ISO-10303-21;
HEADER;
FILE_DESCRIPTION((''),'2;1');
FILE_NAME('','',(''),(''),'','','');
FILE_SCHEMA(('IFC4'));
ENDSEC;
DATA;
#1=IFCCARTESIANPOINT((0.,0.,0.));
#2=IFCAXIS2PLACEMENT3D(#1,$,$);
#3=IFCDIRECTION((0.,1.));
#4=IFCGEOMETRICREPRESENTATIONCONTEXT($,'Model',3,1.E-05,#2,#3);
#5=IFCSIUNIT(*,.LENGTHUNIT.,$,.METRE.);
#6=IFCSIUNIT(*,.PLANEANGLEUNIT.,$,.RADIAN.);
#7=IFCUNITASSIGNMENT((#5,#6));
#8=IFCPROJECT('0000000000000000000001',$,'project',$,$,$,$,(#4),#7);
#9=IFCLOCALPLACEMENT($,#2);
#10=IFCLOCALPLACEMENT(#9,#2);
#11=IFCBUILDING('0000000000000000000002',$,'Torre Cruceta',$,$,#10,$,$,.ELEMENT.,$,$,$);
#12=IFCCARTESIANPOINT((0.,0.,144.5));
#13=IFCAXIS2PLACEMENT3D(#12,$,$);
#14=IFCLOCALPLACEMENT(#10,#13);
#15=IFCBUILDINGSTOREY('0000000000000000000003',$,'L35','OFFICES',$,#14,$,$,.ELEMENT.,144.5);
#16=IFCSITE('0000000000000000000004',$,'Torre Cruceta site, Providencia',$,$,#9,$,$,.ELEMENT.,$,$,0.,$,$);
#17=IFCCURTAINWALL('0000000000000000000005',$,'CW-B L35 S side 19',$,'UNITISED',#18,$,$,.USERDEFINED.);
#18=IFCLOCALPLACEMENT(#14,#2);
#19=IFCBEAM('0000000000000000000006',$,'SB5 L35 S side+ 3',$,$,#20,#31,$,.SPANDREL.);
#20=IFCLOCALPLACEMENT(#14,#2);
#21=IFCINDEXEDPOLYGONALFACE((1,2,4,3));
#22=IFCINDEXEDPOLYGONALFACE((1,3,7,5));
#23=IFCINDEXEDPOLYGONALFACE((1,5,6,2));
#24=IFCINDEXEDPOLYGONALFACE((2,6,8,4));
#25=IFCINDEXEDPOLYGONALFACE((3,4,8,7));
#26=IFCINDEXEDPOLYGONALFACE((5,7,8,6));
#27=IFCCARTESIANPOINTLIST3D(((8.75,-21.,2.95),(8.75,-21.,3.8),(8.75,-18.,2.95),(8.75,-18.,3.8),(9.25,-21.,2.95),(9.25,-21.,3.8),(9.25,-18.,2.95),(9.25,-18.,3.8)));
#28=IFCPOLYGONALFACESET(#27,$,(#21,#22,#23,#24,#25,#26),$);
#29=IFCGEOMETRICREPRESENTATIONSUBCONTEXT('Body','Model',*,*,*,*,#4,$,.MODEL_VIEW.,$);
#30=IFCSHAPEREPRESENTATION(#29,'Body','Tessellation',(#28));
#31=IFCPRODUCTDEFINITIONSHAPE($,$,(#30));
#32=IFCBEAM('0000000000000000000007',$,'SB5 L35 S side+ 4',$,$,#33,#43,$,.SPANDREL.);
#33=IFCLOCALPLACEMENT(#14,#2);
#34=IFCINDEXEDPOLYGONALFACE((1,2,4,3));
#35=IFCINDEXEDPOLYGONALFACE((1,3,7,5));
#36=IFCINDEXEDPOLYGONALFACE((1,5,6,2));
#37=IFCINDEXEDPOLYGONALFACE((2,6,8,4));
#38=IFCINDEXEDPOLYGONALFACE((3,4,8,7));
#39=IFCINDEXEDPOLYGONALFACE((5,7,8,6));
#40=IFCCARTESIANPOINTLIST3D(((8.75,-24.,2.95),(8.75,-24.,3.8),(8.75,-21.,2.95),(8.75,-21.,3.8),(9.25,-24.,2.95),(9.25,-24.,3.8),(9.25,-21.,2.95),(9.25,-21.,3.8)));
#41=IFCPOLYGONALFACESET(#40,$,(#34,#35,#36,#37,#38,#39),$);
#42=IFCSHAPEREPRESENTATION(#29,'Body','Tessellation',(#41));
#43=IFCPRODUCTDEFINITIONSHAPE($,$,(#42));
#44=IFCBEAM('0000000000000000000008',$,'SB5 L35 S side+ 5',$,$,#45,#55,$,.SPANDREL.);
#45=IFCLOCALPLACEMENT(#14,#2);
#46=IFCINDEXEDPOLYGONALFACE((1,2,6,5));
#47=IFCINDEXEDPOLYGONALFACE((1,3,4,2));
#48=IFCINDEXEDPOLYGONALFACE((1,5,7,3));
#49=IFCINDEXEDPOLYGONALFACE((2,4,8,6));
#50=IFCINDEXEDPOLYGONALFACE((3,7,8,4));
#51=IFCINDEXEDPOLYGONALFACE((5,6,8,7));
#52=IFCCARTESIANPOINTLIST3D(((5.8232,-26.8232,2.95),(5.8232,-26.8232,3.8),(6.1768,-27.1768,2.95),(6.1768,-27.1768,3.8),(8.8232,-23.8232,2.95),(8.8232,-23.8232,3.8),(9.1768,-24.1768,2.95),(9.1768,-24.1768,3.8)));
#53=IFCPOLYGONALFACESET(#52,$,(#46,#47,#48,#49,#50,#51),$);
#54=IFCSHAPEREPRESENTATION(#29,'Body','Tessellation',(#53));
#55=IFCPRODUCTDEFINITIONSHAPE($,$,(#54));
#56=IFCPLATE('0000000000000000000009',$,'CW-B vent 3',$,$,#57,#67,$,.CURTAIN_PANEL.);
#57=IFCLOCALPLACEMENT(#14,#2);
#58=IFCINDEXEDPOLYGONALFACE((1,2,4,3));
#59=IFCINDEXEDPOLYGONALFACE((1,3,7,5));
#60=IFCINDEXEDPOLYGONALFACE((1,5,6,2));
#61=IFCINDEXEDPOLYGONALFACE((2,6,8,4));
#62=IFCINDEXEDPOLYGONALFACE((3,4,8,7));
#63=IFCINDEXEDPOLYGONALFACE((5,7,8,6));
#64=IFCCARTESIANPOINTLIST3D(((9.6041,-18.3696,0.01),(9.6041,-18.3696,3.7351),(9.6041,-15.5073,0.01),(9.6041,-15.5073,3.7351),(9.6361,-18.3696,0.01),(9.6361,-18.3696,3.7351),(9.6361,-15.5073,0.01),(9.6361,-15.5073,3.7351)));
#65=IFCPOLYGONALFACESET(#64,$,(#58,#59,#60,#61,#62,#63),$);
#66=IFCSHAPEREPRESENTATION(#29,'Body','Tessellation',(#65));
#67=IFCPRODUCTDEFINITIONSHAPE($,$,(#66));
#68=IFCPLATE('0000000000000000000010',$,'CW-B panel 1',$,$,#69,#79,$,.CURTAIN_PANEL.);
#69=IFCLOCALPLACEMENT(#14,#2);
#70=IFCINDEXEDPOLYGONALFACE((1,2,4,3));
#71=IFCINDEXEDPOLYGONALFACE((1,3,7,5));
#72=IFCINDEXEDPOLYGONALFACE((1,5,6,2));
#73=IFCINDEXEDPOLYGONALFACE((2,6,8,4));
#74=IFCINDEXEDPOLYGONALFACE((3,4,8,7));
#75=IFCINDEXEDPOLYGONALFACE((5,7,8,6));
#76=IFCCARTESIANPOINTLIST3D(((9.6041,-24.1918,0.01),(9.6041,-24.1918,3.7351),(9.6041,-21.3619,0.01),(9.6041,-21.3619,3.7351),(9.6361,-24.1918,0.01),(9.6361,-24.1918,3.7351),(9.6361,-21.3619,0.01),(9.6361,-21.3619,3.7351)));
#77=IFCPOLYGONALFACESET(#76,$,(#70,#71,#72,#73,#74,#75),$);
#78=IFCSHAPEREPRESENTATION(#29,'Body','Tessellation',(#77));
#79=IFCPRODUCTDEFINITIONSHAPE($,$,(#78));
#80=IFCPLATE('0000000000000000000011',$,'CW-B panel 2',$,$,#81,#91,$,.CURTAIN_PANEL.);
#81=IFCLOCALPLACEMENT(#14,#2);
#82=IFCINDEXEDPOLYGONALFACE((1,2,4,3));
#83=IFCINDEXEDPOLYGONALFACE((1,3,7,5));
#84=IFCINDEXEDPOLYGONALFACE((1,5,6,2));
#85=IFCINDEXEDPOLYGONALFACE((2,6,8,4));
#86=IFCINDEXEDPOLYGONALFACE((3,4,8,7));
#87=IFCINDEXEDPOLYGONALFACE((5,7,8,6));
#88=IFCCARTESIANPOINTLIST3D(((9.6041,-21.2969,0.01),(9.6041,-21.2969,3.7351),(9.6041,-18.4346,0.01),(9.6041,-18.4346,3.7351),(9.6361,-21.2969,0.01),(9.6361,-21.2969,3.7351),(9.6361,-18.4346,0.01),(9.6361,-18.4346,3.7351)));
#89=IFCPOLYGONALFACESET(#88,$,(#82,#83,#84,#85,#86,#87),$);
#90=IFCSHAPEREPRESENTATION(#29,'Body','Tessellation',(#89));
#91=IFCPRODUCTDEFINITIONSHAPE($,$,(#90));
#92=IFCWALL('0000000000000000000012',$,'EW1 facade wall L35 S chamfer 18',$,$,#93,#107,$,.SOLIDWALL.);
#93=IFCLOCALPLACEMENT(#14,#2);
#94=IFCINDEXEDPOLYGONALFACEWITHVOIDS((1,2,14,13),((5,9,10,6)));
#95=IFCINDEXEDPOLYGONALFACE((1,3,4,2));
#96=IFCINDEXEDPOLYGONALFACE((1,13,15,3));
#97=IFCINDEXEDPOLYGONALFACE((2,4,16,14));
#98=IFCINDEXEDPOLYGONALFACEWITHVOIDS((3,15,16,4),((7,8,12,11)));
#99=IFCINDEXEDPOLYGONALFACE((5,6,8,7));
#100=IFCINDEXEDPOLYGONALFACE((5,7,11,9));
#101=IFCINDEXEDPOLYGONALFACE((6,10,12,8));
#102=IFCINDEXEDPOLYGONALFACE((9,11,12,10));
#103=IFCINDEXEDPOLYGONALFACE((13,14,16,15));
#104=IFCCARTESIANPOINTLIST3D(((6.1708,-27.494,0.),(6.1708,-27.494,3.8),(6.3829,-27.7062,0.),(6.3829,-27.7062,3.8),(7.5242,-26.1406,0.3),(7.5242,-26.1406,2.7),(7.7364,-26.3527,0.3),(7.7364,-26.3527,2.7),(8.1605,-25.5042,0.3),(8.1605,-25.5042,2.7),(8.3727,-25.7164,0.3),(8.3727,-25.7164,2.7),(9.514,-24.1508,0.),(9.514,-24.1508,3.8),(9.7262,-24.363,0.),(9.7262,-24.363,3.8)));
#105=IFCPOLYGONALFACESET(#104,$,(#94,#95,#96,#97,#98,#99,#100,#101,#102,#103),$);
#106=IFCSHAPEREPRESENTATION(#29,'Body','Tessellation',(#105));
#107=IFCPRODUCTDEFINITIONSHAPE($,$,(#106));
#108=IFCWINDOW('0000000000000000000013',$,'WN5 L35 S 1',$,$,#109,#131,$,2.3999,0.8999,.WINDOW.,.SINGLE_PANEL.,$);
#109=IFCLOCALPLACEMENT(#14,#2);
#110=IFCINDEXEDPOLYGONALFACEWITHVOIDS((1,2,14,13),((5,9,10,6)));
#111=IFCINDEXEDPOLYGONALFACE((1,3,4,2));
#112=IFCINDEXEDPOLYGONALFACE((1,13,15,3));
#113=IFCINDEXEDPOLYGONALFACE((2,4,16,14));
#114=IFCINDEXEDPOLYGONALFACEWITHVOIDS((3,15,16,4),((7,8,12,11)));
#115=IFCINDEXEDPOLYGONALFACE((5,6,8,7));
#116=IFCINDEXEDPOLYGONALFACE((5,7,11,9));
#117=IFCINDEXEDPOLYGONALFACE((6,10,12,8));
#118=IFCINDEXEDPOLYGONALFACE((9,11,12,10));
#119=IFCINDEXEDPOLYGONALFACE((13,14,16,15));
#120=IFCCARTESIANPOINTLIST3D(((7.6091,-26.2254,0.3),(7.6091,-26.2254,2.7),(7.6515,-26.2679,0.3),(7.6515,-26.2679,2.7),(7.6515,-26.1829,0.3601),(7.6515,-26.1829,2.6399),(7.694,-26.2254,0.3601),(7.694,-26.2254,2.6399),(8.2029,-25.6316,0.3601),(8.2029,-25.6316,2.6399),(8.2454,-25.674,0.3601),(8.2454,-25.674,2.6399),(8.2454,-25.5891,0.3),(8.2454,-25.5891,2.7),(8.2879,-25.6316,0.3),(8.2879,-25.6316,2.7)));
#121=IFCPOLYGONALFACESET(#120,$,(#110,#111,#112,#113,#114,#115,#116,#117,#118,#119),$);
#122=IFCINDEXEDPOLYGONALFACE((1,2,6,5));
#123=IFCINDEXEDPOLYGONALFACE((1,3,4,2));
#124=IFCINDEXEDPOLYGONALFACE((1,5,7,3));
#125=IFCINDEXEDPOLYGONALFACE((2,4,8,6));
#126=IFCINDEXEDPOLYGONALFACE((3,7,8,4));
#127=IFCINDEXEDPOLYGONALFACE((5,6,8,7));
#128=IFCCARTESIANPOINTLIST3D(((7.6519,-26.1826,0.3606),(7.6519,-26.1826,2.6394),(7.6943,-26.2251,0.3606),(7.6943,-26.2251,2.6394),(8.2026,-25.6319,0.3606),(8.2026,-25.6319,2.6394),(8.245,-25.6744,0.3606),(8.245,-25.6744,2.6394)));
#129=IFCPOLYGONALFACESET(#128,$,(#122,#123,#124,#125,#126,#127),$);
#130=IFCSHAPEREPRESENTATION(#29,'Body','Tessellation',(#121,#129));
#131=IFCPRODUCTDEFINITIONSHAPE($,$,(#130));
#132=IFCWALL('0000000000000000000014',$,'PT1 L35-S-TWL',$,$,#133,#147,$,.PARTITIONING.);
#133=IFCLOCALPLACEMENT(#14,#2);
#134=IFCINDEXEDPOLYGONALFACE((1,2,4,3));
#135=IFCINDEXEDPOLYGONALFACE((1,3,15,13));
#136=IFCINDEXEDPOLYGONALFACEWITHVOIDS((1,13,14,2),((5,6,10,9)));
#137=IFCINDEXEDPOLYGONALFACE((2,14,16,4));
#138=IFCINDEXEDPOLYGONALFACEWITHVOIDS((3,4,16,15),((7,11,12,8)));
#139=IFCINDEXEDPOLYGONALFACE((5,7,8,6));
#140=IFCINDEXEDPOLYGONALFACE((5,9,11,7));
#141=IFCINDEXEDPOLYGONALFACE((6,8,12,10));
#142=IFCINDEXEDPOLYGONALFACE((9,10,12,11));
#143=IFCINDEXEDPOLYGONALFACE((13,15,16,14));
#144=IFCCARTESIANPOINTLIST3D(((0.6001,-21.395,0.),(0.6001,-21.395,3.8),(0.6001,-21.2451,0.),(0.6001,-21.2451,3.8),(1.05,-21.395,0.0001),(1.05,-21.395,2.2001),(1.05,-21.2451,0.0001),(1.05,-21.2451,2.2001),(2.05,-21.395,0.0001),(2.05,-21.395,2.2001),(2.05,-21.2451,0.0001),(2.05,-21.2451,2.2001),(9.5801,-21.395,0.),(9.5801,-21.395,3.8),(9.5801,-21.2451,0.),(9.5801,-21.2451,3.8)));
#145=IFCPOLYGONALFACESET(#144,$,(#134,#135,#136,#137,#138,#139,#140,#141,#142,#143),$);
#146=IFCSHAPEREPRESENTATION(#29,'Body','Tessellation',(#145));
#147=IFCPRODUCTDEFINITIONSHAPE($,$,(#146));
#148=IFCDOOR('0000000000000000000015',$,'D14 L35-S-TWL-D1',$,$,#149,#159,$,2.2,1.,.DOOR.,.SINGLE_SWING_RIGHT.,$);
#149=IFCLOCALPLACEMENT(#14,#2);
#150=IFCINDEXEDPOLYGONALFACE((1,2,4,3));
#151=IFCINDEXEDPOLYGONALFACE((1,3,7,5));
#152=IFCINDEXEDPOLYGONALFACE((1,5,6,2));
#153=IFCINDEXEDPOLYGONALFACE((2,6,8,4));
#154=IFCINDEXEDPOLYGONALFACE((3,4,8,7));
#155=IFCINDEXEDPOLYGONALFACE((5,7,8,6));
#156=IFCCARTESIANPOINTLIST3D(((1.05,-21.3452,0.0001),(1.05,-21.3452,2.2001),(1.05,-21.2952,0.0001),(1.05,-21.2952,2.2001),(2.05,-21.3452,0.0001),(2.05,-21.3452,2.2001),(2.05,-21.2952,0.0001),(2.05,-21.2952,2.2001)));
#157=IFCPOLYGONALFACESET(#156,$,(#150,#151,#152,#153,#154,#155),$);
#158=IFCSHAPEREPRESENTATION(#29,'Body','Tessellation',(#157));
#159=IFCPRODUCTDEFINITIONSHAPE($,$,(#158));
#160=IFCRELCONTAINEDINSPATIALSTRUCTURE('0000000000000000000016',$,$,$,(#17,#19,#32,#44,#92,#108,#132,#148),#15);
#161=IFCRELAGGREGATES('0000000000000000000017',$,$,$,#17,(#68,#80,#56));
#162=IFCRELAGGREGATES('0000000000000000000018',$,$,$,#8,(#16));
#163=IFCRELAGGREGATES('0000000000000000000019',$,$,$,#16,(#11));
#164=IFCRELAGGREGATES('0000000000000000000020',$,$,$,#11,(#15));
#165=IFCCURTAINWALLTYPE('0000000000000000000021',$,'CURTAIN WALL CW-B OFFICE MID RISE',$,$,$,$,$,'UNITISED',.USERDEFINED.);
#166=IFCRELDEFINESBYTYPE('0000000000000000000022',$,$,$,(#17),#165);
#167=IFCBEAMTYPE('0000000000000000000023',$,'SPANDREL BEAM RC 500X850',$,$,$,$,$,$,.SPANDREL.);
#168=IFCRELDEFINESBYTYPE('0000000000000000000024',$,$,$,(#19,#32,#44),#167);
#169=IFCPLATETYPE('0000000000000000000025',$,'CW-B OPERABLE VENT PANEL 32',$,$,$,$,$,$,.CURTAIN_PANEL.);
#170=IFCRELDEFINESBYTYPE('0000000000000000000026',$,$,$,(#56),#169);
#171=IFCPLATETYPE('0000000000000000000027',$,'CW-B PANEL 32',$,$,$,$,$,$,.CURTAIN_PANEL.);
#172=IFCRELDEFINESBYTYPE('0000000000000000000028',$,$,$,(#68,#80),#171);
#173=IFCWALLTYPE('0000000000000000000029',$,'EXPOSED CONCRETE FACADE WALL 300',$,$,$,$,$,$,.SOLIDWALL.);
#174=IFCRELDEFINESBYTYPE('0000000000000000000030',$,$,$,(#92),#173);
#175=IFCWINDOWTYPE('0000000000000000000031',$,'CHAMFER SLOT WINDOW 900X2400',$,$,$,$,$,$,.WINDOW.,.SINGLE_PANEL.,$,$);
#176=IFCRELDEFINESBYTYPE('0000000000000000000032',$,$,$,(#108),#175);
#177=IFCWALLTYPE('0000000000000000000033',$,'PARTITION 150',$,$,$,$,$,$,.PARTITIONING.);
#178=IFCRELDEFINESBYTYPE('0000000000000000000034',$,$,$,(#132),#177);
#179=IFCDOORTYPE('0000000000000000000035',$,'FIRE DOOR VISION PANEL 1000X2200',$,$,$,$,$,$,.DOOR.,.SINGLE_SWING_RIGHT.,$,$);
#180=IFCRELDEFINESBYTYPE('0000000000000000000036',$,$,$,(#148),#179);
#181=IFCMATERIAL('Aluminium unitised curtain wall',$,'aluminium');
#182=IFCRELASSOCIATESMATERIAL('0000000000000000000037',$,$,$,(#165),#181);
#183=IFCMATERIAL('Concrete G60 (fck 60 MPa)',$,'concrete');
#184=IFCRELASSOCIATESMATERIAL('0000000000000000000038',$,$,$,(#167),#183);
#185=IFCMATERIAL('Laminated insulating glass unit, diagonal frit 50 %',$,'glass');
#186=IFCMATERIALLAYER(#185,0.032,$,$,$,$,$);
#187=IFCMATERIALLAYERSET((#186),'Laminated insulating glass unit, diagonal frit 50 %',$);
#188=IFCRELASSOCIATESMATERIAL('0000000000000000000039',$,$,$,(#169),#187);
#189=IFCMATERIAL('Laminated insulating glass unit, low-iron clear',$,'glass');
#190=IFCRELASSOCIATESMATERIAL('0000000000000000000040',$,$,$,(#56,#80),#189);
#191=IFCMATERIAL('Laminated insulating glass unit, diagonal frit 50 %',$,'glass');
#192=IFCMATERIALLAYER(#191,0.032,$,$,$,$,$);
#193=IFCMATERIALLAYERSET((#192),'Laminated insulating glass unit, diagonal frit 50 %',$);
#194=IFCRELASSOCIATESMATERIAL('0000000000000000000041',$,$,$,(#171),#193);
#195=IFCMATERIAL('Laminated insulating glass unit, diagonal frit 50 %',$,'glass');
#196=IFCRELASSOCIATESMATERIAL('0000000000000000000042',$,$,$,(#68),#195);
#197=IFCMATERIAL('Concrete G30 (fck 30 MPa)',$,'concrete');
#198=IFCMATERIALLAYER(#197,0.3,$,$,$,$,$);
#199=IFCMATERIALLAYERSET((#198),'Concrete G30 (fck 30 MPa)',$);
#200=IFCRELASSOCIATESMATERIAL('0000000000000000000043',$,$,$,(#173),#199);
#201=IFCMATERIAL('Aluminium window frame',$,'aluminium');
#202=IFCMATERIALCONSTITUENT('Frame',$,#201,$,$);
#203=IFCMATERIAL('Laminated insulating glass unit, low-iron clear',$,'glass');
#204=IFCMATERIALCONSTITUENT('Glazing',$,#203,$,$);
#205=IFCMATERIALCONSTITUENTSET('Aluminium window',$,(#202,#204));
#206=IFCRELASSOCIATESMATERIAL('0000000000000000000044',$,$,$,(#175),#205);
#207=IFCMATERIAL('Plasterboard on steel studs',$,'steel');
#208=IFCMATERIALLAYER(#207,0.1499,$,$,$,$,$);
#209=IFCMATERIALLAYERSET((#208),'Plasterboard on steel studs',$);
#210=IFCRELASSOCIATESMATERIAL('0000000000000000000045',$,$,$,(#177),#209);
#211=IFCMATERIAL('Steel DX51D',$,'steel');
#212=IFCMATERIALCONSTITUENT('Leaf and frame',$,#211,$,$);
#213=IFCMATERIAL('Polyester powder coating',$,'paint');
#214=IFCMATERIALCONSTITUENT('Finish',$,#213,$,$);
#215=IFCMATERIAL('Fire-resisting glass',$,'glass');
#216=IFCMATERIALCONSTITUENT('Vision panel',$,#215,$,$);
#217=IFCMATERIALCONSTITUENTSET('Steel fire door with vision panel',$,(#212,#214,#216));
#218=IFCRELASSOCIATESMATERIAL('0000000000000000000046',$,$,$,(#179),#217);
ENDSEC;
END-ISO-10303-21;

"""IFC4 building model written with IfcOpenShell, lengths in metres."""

from ifc_helpers import new_model, si_unit, direction, frame, frame_2d, origin, origin_2d, place, context, subcontext, project, spatial, rectangle, hollow_rectangle, extrude, material, layer, layer_set, constituent, constituent_set, material_profile, profile_set, type_object, element, fill, aggregate, save


model = new_model("IFC4")

# Units and contexts
model_context = context("Model", 3, precision=1e-05, world=origin(), true_north=direction((0.0, 1.0)))
body_context = subcontext(model_context, "Body", "Model", "MODEL_VIEW")
ifc_project = project(units=[si_unit("LENGTHUNIT", "METRE"), si_unit("PLANEANGLEUNIT", "RADIAN")], contexts=[model_context])

# Site, building, storey
site_placement = place(None, origin())
site = spatial("IfcSite", under=ifc_project, at=site_placement, Name="Torre Cruceta site, Providencia", CompositionType="ELEMENT", RefElevation=0.0)
building_placement = place(site_placement, origin())
building = spatial("IfcBuilding", under=site, at=building_placement, Name="Torre Cruceta", CompositionType="ELEMENT")
storey_placement = place(building_placement, frame((0.0, 0.0, 144.5)))
storey = spatial("IfcBuildingStorey", under=building, at=storey_placement, Name="L35", Description="OFFICES", CompositionType="ELEMENT", Elevation=144.5)

# Curtain wall
ifc_material_1 = material(Name="Aluminium unitised curtain wall", Category="aluminium")
curtain_wall_type = type_object("IfcCurtainWallType", Name="CURTAIN WALL CW-B OFFICE MID RISE", ElementType="UNITISED", PredefinedType="USERDEFINED", material=ifc_material_1)
curtain_wall_placement = place(storey_placement, origin())
curtain_wall = element("IfcCurtainWall", 1, at=curtain_wall_placement, inside=storey, type_object=curtain_wall_type, Name="CW-B L35 S side 19", ObjectType="UNITISED", PredefinedType="USERDEFINED")

# Beams
ifc_material_2 = material(Name="Concrete G60 (fck 60 MPa)", Category="concrete")
ifc_material_profile_1 = material_profile(ifc_material_2, rectangle(XDim=0.5, YDim=0.8501, at=origin_2d()), Name="RC 500X850")
ifc_profile_set_1 = profile_set([ifc_material_profile_1], Name="Concrete G60 (fck 60 MPa)")
beam_type_1 = type_object("IfcBeamType", Name="SPANDREL BEAM RC 500X850", PredefinedType="SPANDREL", material=ifc_profile_set_1)
for number, where, z_axis, x_axis, name in (
    (2, (9.0, -18.0, 3.375), (0.0, -1.0, 0.0), (1.0, 0.0, 0.0), "SB5 L35 S side+ 3"),
    (3, (9.0, -21.0, 3.375), (0.0, -1.0, 0.0), (1.0, 0.0, 0.0), "SB5 L35 S side+ 4"),
):
    element("IfcBeam", number, at=place(storey_placement, frame(where, z_axis=z_axis, x_axis=x_axis)), inside=storey, type_object=beam_type_1, Name=name, PredefinedType="SPANDREL", context=body_context, shape_type="SweptSolid", body=[
        extrude(rectangle(XDim=0.5, YDim=0.8501, at=origin_2d()), origin(), (0.0, 0.0, 1.0), 3.0),
    ])
beam_1_placement = place(storey_placement, frame((9.0, -24.0, 3.375), z_axis=(-0.707107, -0.707107, 0.0), x_axis=(0.707107, -0.707107, 0.0)))
element("IfcBeam", 4, at=beam_1_placement, inside=storey, type_object=beam_type_1, Name="SB5 L35 S side+ 5", PredefinedType="SPANDREL", context=body_context, shape_type="SweptSolid", body=[
    extrude(rectangle(XDim=0.5, YDim=0.8501, at=origin_2d()), origin(), (0.0, 0.0, 1.0), 4.2427),
])

# Plates
ifc_material_3 = material(Name="Laminated insulating glass unit, low-iron clear", Category="glass")
ifc_material_4 = material(Name="Laminated insulating glass unit, diagonal frit 50 %", Category="glass")
ifc_layer_1 = layer(ifc_material_4, 0.032)
ifc_layer_set_1 = layer_set([ifc_layer_1], Name="Laminated insulating glass unit, diagonal frit 50 %")
plate_type_1 = type_object("IfcPlateType", Name="CW-B OPERABLE VENT PANEL 32", PredefinedType="CURTAIN_PANEL", material=ifc_layer_set_1)
plate_1_placement = place(storey_placement, frame((9.6201, -16.9385, 0.01), z_axis=(0.0, 0.0, 1.0), x_axis=(0.0, 1.0, 0.0)))
plate_1 = element("IfcPlate", 5, at=plate_1_placement, type_object=plate_type_1, material=ifc_material_3, Name="CW-B vent 3", PredefinedType="CURTAIN_PANEL", context=body_context, shape_type="SweptSolid", body=[
    extrude(rectangle(XDim=2.8623, YDim=0.032, at=origin_2d()), origin(), (0.0, 0.0, 1.0), 3.7251),
])
ifc_material_5 = material(Name="Laminated insulating glass unit, diagonal frit 50 %", Category="glass")
ifc_material_6 = material(Name="Laminated insulating glass unit, diagonal frit 50 %", Category="glass")
ifc_layer_2 = layer(ifc_material_6, 0.032)
ifc_layer_set_2 = layer_set([ifc_layer_2], Name="Laminated insulating glass unit, diagonal frit 50 %")
plate_type_2 = type_object("IfcPlateType", Name="CW-B PANEL 32", PredefinedType="CURTAIN_PANEL", material=ifc_layer_set_2)
plate_2_placement = place(storey_placement, frame((9.6201, -22.7769, 0.01), z_axis=(0.0, 0.0, 1.0), x_axis=(0.0, 1.0, 0.0)))
plate_2 = element("IfcPlate", 6, at=plate_2_placement, type_object=plate_type_2, material=ifc_material_5, Name="CW-B panel 1", PredefinedType="CURTAIN_PANEL", context=body_context, shape_type="SweptSolid", body=[
    extrude(rectangle(XDim=2.8298, YDim=0.032, at=origin_2d()), origin(), (0.0, 0.0, 1.0), 3.7251),
])
plate_3_placement = place(storey_placement, frame((9.6201, -19.8657, 0.01), z_axis=(0.0, 0.0, 1.0), x_axis=(0.0, 1.0, 0.0)))
plate_3 = element("IfcPlate", 7, at=plate_3_placement, type_object=plate_type_2, material=ifc_material_3, Name="CW-B panel 2", PredefinedType="CURTAIN_PANEL", context=body_context, shape_type="SweptSolid", body=[
    extrude(rectangle(XDim=2.8623, YDim=0.032, at=origin_2d()), origin(), (0.0, 0.0, 1.0), 3.7251),
])
aggregate(curtain_wall, [plate_2, plate_3, plate_1])

# Wall, opening, window
ifc_material_7 = material(Name="Concrete G30 (fck 30 MPa)", Category="concrete")
ifc_layer_3 = layer(ifc_material_7, 0.3)
ifc_layer_set_3 = layer_set([ifc_layer_3], Name="Concrete G30 (fck 30 MPa)")
wall_type_1 = type_object("IfcWallType", Name="EXPOSED CONCRETE FACADE WALL 300", PredefinedType="SOLIDWALL", material=ifc_layer_set_3)
wall_1_placement = place(storey_placement, frame((6.2769, -27.6001, 0.0), z_axis=(0.0, 0.0, 1.0), x_axis=(0.707107, 0.707107, 0.0)))
wall_1 = element("IfcWall", 8, at=wall_1_placement, inside=storey, type_object=wall_type_1, Name="EW1 facade wall L35 S chamfer 18", PredefinedType="SOLIDWALL", context=body_context, shape_type="SweptSolid", body=[
    extrude(rectangle(XDim=4.728, YDim=0.3, at=frame_2d((2.364, 0.0))), origin(), (0.0, 0.0, 1.0), 3.8),
])
opening_1_placement = place(wall_1_placement, frame((1.9141, 0.0, 0.3)))
opening_1 = element("IfcOpeningElement", 9, at=opening_1_placement, cuts=wall_1, PredefinedType="OPENING", context=body_context, shape_type="SweptSolid", body=[
    extrude(rectangle(XDim=0.8999, YDim=2.3999, at=frame_2d((0.45, 1.2))), frame((0.0, 0.1599, 0.0), z_axis=(0.0, -1.0, 0.0), x_axis=(1.0, 0.0, 0.0)), (0.0, 0.0, 1.0), 0.3201),
])
ifc_material_8 = material(Name="Aluminium window frame", Category="aluminium")
ifc_constituent_1 = constituent(ifc_material_8, Name="Frame")
ifc_material_9 = material(Name="Laminated insulating glass unit, low-iron clear", Category="glass")
ifc_constituent_2 = constituent(ifc_material_9, Name="Glazing")
ifc_constituent_set_1 = constituent_set(constituents=[ifc_constituent_1, ifc_constituent_2], Name="Aluminium window")
window_type = type_object("IfcWindowType", Name="CHAMFER SLOT WINDOW 900X2400", PartitioningType="SINGLE_PANEL", PredefinedType="WINDOW", material=ifc_constituent_set_1)
window_placement = place(opening_1_placement, origin())
window = element("IfcWindow", 10, at=window_placement, inside=storey, type_object=window_type, Name="WN5 L35 S 1", OverallHeight=2.3999, OverallWidth=0.8999, PartitioningType="SINGLE_PANEL", PredefinedType="WINDOW", context=body_context, shape_type="SweptSolid", body=[
    extrude(hollow_rectangle(XDim=0.8999, YDim=2.3999, WallThickness=0.0601, at=frame_2d((0.45, 1.2))), frame((0.0, 0.03, 0.0), z_axis=(0.0, -1.0, 0.0), x_axis=(1.0, 0.0, 0.0)), (0.0, 0.0, 1.0), 0.0601),
    extrude(rectangle(XDim=0.7788, YDim=2.2788, at=frame_2d((0.45, 1.2))), frame((0.0, 0.03, 0.0), z_axis=(0.0, -1.0, 0.0), x_axis=(1.0, 0.0, 0.0)), (0.0, 0.0, 1.0), 0.0601),
])
fill(opening_1, window)

# Wall, opening, door
ifc_material_10 = material(Name="Plasterboard on steel studs", Category="steel")
ifc_layer_4 = layer(ifc_material_10, 0.1499)
ifc_layer_set_4 = layer_set([ifc_layer_4], Name="Plasterboard on steel studs")
wall_type_2 = type_object("IfcWallType", Name="PARTITION 150", PredefinedType="PARTITIONING", material=ifc_layer_set_4)
wall_2_placement = place(storey_placement, frame((0.6001, -21.3201, 0.0), z_axis=(0.0, 0.0, 1.0), x_axis=(1.0, 0.0, 0.0)))
wall_2 = element("IfcWall", 11, at=wall_2_placement, inside=storey, type_object=wall_type_2, Name="PT1 L35-S-TWL", PredefinedType="PARTITIONING", context=body_context, shape_type="SweptSolid", body=[
    extrude(rectangle(XDim=8.98, YDim=0.1499, at=frame_2d((4.49, 0.0))), origin(), (0.0, 0.0, 1.0), 3.8),
])
opening_2_placement = place(wall_2_placement, frame((0.45, 0.0, 0.0)))
opening_2 = element("IfcOpeningElement", 12, at=opening_2_placement, cuts=wall_2, PredefinedType="OPENING", context=body_context, shape_type="SweptSolid", body=[
    extrude(rectangle(XDim=1.0, YDim=2.2, at=frame_2d((0.5, 1.1001))), frame((0.0, 0.085, 0.0), z_axis=(0.0, -1.0, 0.0), x_axis=(1.0, 0.0, 0.0)), (0.0, 0.0, 1.0), 0.1699),
])
ifc_material_11 = material(Name="Steel DX51D", Category="steel")
ifc_constituent_3 = constituent(ifc_material_11, Name="Leaf and frame")
ifc_material_12 = material(Name="Polyester powder coating", Category="paint")
ifc_constituent_4 = constituent(ifc_material_12, Name="Finish")
ifc_material_13 = material(Name="Fire-resisting glass", Category="glass")
ifc_constituent_5 = constituent(ifc_material_13, Name="Vision panel")
ifc_constituent_set_2 = constituent_set(constituents=[ifc_constituent_3, ifc_constituent_4, ifc_constituent_5], Name="Steel fire door with vision panel")
door_type = type_object("IfcDoorType", Name="FIRE DOOR VISION PANEL 1000X2200", OperationType="SINGLE_SWING_RIGHT", PredefinedType="DOOR", material=ifc_constituent_set_2)
door_placement = place(opening_2_placement, frame((1.0, 0.0, 0.0), z_axis=(0.0, 0.0, 1.0), x_axis=(-1.0, 0.0, 0.0)))
door = element("IfcDoor", 13, at=door_placement, inside=storey, type_object=door_type, Name="D14 L35-S-TWL-D1", OperationType="SINGLE_SWING_RIGHT", OverallHeight=2.2, OverallWidth=1.0, PredefinedType="DOOR", context=body_context, shape_type="SweptSolid", body=[
    extrude(rectangle(XDim=1.0, YDim=2.2, at=frame_2d((0.5, 1.1001))), frame((0.0, 0.0251, 0.0), z_axis=(0.0, -1.0, 0.0), x_axis=(1.0, 0.0, 0.0)), (0.0, 0.0, 1.0), 0.05),
])
fill(opening_2, door)

save(model, "model.ifc")
